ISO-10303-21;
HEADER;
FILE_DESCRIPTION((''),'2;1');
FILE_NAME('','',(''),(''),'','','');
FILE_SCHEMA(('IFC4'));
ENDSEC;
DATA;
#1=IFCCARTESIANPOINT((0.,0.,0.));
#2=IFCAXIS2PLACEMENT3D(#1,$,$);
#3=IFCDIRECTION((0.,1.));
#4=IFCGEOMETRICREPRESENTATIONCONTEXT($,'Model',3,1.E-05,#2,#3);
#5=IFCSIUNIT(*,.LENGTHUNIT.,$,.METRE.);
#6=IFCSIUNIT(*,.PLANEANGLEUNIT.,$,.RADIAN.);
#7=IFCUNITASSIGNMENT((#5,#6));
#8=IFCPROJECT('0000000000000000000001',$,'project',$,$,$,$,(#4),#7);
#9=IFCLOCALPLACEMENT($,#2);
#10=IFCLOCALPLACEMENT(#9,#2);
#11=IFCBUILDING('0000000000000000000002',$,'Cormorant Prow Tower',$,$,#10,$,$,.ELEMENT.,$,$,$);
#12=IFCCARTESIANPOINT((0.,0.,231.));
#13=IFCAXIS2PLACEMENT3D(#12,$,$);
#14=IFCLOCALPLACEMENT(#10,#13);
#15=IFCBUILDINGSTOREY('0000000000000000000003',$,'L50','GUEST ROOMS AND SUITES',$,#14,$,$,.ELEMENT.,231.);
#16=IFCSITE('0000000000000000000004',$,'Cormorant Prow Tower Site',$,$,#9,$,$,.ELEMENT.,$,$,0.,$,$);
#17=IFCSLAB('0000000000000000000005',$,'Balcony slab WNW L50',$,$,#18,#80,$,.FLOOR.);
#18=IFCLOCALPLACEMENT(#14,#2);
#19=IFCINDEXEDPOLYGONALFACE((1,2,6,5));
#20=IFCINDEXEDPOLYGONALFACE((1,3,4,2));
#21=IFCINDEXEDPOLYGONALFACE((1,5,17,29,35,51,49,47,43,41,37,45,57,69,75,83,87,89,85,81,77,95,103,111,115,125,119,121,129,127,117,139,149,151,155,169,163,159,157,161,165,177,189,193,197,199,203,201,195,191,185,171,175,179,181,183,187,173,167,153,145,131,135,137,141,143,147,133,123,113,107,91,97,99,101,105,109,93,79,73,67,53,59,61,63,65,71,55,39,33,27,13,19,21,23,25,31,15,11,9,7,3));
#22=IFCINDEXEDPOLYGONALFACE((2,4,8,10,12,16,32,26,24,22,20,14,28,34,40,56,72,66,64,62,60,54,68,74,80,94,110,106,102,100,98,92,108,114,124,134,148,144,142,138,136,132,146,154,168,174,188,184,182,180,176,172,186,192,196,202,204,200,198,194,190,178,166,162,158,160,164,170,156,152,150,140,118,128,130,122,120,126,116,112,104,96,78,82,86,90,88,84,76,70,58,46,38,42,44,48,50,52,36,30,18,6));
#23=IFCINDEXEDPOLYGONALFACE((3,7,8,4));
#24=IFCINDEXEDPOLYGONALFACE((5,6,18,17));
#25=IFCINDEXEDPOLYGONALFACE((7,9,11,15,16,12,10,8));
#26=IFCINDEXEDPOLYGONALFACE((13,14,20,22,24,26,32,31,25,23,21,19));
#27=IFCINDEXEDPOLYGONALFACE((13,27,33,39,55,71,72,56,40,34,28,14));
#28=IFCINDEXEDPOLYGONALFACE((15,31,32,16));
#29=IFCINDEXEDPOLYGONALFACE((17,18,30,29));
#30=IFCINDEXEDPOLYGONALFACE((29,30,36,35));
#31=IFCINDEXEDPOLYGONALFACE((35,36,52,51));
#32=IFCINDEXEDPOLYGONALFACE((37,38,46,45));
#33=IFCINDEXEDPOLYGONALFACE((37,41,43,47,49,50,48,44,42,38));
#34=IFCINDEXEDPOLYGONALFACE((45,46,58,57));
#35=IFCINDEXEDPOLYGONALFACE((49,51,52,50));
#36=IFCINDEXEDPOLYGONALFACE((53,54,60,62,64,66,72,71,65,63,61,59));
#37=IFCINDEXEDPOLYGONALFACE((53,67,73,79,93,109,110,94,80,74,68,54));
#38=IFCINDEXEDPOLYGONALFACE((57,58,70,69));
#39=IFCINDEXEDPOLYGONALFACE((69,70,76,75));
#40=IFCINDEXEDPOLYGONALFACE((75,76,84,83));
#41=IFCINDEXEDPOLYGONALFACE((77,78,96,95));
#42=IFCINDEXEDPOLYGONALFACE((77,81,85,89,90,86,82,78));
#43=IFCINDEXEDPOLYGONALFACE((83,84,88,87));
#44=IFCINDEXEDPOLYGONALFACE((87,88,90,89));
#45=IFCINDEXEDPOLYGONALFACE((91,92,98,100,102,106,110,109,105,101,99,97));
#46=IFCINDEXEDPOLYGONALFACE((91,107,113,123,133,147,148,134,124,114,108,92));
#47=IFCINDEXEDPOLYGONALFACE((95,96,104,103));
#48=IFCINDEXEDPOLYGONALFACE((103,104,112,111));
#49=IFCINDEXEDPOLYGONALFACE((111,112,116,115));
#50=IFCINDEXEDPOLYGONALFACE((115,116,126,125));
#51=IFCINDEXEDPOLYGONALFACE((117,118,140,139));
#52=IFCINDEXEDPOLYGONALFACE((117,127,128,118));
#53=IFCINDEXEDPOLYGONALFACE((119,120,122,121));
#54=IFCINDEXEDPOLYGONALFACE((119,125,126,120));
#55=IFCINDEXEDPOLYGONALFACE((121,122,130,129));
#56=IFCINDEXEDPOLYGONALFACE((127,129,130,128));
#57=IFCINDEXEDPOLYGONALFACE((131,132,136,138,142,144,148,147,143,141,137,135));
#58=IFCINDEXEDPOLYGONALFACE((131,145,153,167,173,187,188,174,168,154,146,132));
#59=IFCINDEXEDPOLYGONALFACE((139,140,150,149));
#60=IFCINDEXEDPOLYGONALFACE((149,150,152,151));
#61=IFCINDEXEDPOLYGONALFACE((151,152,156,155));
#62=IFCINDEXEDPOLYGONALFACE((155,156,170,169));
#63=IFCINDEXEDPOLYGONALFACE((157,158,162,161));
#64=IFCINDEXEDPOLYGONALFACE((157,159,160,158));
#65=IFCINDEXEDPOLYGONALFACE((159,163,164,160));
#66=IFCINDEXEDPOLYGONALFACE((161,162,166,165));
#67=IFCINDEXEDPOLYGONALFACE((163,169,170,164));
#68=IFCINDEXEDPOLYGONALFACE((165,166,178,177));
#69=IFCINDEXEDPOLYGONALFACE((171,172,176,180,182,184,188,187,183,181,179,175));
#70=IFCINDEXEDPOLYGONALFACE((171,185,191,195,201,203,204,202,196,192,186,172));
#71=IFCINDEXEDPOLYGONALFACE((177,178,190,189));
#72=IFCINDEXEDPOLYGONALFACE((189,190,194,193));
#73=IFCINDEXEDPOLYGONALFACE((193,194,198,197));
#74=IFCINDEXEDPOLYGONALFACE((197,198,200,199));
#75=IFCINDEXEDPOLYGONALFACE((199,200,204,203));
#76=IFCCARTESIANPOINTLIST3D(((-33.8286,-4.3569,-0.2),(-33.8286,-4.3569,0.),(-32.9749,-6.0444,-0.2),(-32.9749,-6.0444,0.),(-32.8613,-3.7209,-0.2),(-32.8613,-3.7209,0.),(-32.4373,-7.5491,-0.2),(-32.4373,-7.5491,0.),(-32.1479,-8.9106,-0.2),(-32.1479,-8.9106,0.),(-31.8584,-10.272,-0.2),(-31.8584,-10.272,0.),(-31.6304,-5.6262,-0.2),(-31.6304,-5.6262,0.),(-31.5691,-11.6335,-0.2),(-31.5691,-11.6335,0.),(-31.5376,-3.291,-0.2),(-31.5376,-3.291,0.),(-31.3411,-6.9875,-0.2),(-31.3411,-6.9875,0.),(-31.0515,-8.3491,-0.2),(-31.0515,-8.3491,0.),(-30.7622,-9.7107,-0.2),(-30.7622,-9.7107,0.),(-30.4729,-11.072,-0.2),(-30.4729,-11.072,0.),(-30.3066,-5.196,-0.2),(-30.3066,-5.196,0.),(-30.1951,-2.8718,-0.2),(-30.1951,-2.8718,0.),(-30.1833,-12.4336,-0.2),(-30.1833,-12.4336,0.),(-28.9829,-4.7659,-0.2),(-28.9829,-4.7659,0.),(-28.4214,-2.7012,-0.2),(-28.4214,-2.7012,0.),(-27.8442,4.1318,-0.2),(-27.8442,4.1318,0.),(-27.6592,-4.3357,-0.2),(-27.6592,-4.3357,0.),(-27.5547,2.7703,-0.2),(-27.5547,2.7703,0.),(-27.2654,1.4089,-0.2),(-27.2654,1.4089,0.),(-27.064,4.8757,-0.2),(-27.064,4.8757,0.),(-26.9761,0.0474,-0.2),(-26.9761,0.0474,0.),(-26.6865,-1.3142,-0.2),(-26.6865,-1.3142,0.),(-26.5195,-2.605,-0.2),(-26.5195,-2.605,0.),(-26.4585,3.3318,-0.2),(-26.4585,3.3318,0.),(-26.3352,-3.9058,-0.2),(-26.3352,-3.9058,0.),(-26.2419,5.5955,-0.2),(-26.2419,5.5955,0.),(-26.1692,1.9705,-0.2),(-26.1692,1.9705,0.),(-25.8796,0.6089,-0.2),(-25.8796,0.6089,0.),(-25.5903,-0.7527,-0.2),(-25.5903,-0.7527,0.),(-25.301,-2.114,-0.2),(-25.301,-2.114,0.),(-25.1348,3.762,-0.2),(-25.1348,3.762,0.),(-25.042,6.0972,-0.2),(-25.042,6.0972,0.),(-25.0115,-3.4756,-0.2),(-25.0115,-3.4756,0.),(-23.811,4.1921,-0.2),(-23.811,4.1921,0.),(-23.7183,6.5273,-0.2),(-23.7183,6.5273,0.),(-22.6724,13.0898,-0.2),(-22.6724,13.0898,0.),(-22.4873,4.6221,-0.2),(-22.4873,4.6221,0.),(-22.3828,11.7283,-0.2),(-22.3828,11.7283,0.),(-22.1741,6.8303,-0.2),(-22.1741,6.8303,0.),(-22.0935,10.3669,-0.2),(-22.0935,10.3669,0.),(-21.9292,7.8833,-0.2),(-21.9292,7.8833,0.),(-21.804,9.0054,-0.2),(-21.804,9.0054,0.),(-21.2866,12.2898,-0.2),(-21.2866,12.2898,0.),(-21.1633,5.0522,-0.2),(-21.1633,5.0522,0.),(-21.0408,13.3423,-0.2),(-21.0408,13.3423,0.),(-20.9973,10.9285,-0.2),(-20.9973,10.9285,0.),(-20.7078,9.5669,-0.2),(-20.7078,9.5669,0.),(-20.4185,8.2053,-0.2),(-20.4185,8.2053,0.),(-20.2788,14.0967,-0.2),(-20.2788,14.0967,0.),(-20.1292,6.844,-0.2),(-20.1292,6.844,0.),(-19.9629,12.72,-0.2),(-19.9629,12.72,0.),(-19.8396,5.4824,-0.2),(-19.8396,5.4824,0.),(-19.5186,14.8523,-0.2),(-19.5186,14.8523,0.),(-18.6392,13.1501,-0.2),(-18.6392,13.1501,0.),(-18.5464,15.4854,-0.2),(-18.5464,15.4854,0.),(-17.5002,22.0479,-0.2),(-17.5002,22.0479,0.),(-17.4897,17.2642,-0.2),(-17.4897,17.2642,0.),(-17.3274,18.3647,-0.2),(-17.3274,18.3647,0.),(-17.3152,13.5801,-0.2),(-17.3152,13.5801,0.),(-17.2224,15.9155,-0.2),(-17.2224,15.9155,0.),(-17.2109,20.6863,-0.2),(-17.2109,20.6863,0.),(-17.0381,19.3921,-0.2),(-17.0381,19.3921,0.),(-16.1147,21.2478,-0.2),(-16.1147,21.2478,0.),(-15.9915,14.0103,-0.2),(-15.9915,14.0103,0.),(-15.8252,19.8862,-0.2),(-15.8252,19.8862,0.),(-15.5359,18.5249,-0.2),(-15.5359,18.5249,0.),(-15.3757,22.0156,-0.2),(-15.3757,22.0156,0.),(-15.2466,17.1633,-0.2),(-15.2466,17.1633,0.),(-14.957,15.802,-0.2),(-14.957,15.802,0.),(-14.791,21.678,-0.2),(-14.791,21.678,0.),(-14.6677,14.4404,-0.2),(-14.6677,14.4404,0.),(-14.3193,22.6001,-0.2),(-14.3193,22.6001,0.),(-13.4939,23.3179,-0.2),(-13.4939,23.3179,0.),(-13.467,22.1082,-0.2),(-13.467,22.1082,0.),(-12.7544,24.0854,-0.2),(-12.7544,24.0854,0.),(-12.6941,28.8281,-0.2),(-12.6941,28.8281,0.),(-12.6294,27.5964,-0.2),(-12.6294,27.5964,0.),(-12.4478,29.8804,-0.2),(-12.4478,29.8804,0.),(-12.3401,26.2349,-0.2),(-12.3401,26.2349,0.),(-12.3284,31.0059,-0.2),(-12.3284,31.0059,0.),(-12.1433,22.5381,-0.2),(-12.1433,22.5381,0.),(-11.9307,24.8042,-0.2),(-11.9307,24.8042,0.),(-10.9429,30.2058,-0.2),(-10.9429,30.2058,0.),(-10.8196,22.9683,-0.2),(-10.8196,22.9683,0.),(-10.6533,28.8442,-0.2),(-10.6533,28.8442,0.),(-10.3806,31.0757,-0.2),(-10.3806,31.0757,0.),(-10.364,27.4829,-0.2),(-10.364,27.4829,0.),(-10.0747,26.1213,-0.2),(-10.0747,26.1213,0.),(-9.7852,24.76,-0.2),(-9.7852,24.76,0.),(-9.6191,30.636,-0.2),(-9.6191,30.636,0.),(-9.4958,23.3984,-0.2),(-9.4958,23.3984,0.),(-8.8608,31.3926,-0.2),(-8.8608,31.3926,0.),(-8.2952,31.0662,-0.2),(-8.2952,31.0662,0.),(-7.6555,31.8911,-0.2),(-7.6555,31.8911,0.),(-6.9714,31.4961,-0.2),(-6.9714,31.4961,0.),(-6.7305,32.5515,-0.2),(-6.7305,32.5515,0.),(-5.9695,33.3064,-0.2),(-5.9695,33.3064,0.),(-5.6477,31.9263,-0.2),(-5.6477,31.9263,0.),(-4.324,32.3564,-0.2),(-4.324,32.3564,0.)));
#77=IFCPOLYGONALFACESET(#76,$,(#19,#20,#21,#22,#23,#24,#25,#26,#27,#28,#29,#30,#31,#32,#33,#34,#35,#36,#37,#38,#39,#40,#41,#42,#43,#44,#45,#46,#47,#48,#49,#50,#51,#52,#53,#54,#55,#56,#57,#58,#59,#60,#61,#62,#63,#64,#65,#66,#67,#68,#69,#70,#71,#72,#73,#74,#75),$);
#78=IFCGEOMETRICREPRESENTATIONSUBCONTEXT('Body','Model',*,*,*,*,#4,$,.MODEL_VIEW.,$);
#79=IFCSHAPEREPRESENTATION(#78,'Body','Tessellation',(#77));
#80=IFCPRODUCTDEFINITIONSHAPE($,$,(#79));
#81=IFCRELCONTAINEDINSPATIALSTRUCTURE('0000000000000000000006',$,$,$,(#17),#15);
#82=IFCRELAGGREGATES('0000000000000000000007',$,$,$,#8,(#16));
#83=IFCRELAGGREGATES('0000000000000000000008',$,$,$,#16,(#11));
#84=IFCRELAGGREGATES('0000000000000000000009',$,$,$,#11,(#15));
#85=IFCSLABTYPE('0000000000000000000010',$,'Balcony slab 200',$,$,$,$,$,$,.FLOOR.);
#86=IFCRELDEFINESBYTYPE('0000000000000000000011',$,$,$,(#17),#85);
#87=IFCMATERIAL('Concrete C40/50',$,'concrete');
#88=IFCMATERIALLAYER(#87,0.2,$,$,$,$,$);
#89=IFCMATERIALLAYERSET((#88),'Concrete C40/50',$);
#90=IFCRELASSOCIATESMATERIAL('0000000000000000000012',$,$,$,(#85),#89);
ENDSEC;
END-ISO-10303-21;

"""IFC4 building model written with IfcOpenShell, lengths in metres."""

from ifc_helpers import new_model, si_unit, direction, frame, origin, place, context, subcontext, project, spatial, polyline, outline, extrude, material, layer, layer_set, type_object, element, save


model = new_model("IFC4")

# Units and contexts
model_context = context("Model", 3, precision=1e-05, world=origin(), true_north=direction((0.0, 1.0)))
body_context = subcontext(model_context, "Body", "Model", "MODEL_VIEW")
ifc_project = project(units=[si_unit("LENGTHUNIT", "METRE"), si_unit("PLANEANGLEUNIT", "RADIAN")], contexts=[model_context])

# Site, building, storey
site_placement = place(None, origin())
site = spatial("IfcSite", under=ifc_project, at=site_placement, Name="Cormorant Prow Tower Site", CompositionType="ELEMENT", RefElevation=0.0)
building_placement = place(site_placement, origin())
building = spatial("IfcBuilding", under=site, at=building_placement, Name="Cormorant Prow Tower", CompositionType="ELEMENT")
storey_placement = place(building_placement, frame((0.0, 0.0, 231.0)))
storey = spatial("IfcBuildingStorey", under=building, at=storey_placement, Name="L50", Description="GUEST ROOMS AND SUITES", CompositionType="ELEMENT", Elevation=231.0)

# Slab
ifc_material_1 = material(Name="Concrete C40/50", Category="concrete")
ifc_layer_1 = layer(ifc_material_1, 0.2)
ifc_layer_set_1 = layer_set([ifc_layer_1], Name="Concrete C40/50")
slab_type_1 = type_object("IfcSlabType", Name="Balcony slab 200", PredefinedType="FLOOR", material=ifc_layer_set_1)
slab_1_placement = place(storey_placement, frame((0.0, 0.0, -0.2)))
element("IfcSlab", 1, at=slab_1_placement, inside=storey, type_object=slab_type_1, Name="Balcony slab WNW L50", PredefinedType="FLOOR", context=body_context, shape_type="SweptSolid", body=[
    extrude(outline(polyline([(-4.324, 32.3564), (-5.9695, 33.3064), (-6.7305, 32.5515), (-7.6555, 31.8911), (-8.8608, 31.3926), (-10.3806, 31.0757), (-12.3284, 31.0059), (-12.4478, 29.8804), (-12.6941, 28.8281), (-12.6294, 27.5964), (-12.3401, 26.2349), (-11.9307, 24.8042), (-12.7544, 24.0854), (-13.4939, 23.3179), (-14.3193, 22.6001), (-15.3757, 22.0156), (-17.5002, 22.0479), (-17.2109, 20.6863), (-17.0381, 19.3921), (-17.3274, 18.3647), (-17.4897, 17.2642), (-17.2224, 15.9155), (-18.5464, 15.4854), (-19.5186, 14.8523), (-20.2788, 14.0967), (-21.0408, 13.3423), (-22.6724, 13.0898), (-22.3828, 11.7283), (-22.0935, 10.3669), (-21.804, 9.0054), (-21.9292, 7.8833), (-22.1741, 6.8303), (-23.7183, 6.5273), (-25.042, 6.0972), (-26.2419, 5.5955), (-27.064, 4.8757), (-27.8442, 4.1318), (-27.5547, 2.7703), (-27.2654, 1.4089), (-26.9761, 0.0474), (-26.6865, -1.3142), (-26.5195, -2.605), (-28.4214, -2.7012), (-30.1951, -2.8718), (-31.5376, -3.291), (-32.8613, -3.7209), (-33.8286, -4.3569), (-32.9749, -6.0444), (-32.4373, -7.5491), (-32.1479, -8.9106), (-31.8584, -10.272), (-31.5691, -11.6335), (-30.1833, -12.4336), (-30.4729, -11.072), (-30.7622, -9.7107), (-31.0515, -8.3491), (-31.3411, -6.9875), (-31.6304, -5.6262), (-30.3066, -5.196), (-28.9829, -4.7659), (-27.6592, -4.3357), (-26.3352, -3.9058), (-25.0115, -3.4756), (-25.301, -2.114), (-25.5903, -0.7527), (-25.8796, 0.6089), (-26.1692, 1.9705), (-26.4585, 3.3318), (-25.1348, 3.762), (-23.811, 4.1921), (-22.4873, 4.6221), (-21.1633, 5.0522), (-19.8396, 5.4824), (-20.1292, 6.844), (-20.4185, 8.2053), (-20.7078, 9.5669), (-20.9973, 10.9285), (-21.2866, 12.2898), (-19.9629, 12.72), (-18.6392, 13.1501), (-17.3152, 13.5801), (-15.9915, 14.0103), (-14.6677, 14.4404), (-14.957, 15.802), (-15.2466, 17.1633), (-15.5359, 18.5249), (-15.8252, 19.8862), (-16.1147, 21.2478), (-14.791, 21.678), (-13.467, 22.1082), (-12.1433, 22.5381), (-10.8196, 22.9683), (-9.4958, 23.3984), (-9.7852, 24.76), (-10.0747, 26.1213), (-10.364, 27.4829), (-10.6533, 28.8442), (-10.9429, 30.2058), (-9.6191, 30.636), (-8.2952, 31.0662), (-6.9714, 31.4961), (-5.6477, 31.9263), (-4.324, 32.3564)])), origin(), (0.0, 0.0, 1.0), 0.2),
])

save(model, "model.ifc")
